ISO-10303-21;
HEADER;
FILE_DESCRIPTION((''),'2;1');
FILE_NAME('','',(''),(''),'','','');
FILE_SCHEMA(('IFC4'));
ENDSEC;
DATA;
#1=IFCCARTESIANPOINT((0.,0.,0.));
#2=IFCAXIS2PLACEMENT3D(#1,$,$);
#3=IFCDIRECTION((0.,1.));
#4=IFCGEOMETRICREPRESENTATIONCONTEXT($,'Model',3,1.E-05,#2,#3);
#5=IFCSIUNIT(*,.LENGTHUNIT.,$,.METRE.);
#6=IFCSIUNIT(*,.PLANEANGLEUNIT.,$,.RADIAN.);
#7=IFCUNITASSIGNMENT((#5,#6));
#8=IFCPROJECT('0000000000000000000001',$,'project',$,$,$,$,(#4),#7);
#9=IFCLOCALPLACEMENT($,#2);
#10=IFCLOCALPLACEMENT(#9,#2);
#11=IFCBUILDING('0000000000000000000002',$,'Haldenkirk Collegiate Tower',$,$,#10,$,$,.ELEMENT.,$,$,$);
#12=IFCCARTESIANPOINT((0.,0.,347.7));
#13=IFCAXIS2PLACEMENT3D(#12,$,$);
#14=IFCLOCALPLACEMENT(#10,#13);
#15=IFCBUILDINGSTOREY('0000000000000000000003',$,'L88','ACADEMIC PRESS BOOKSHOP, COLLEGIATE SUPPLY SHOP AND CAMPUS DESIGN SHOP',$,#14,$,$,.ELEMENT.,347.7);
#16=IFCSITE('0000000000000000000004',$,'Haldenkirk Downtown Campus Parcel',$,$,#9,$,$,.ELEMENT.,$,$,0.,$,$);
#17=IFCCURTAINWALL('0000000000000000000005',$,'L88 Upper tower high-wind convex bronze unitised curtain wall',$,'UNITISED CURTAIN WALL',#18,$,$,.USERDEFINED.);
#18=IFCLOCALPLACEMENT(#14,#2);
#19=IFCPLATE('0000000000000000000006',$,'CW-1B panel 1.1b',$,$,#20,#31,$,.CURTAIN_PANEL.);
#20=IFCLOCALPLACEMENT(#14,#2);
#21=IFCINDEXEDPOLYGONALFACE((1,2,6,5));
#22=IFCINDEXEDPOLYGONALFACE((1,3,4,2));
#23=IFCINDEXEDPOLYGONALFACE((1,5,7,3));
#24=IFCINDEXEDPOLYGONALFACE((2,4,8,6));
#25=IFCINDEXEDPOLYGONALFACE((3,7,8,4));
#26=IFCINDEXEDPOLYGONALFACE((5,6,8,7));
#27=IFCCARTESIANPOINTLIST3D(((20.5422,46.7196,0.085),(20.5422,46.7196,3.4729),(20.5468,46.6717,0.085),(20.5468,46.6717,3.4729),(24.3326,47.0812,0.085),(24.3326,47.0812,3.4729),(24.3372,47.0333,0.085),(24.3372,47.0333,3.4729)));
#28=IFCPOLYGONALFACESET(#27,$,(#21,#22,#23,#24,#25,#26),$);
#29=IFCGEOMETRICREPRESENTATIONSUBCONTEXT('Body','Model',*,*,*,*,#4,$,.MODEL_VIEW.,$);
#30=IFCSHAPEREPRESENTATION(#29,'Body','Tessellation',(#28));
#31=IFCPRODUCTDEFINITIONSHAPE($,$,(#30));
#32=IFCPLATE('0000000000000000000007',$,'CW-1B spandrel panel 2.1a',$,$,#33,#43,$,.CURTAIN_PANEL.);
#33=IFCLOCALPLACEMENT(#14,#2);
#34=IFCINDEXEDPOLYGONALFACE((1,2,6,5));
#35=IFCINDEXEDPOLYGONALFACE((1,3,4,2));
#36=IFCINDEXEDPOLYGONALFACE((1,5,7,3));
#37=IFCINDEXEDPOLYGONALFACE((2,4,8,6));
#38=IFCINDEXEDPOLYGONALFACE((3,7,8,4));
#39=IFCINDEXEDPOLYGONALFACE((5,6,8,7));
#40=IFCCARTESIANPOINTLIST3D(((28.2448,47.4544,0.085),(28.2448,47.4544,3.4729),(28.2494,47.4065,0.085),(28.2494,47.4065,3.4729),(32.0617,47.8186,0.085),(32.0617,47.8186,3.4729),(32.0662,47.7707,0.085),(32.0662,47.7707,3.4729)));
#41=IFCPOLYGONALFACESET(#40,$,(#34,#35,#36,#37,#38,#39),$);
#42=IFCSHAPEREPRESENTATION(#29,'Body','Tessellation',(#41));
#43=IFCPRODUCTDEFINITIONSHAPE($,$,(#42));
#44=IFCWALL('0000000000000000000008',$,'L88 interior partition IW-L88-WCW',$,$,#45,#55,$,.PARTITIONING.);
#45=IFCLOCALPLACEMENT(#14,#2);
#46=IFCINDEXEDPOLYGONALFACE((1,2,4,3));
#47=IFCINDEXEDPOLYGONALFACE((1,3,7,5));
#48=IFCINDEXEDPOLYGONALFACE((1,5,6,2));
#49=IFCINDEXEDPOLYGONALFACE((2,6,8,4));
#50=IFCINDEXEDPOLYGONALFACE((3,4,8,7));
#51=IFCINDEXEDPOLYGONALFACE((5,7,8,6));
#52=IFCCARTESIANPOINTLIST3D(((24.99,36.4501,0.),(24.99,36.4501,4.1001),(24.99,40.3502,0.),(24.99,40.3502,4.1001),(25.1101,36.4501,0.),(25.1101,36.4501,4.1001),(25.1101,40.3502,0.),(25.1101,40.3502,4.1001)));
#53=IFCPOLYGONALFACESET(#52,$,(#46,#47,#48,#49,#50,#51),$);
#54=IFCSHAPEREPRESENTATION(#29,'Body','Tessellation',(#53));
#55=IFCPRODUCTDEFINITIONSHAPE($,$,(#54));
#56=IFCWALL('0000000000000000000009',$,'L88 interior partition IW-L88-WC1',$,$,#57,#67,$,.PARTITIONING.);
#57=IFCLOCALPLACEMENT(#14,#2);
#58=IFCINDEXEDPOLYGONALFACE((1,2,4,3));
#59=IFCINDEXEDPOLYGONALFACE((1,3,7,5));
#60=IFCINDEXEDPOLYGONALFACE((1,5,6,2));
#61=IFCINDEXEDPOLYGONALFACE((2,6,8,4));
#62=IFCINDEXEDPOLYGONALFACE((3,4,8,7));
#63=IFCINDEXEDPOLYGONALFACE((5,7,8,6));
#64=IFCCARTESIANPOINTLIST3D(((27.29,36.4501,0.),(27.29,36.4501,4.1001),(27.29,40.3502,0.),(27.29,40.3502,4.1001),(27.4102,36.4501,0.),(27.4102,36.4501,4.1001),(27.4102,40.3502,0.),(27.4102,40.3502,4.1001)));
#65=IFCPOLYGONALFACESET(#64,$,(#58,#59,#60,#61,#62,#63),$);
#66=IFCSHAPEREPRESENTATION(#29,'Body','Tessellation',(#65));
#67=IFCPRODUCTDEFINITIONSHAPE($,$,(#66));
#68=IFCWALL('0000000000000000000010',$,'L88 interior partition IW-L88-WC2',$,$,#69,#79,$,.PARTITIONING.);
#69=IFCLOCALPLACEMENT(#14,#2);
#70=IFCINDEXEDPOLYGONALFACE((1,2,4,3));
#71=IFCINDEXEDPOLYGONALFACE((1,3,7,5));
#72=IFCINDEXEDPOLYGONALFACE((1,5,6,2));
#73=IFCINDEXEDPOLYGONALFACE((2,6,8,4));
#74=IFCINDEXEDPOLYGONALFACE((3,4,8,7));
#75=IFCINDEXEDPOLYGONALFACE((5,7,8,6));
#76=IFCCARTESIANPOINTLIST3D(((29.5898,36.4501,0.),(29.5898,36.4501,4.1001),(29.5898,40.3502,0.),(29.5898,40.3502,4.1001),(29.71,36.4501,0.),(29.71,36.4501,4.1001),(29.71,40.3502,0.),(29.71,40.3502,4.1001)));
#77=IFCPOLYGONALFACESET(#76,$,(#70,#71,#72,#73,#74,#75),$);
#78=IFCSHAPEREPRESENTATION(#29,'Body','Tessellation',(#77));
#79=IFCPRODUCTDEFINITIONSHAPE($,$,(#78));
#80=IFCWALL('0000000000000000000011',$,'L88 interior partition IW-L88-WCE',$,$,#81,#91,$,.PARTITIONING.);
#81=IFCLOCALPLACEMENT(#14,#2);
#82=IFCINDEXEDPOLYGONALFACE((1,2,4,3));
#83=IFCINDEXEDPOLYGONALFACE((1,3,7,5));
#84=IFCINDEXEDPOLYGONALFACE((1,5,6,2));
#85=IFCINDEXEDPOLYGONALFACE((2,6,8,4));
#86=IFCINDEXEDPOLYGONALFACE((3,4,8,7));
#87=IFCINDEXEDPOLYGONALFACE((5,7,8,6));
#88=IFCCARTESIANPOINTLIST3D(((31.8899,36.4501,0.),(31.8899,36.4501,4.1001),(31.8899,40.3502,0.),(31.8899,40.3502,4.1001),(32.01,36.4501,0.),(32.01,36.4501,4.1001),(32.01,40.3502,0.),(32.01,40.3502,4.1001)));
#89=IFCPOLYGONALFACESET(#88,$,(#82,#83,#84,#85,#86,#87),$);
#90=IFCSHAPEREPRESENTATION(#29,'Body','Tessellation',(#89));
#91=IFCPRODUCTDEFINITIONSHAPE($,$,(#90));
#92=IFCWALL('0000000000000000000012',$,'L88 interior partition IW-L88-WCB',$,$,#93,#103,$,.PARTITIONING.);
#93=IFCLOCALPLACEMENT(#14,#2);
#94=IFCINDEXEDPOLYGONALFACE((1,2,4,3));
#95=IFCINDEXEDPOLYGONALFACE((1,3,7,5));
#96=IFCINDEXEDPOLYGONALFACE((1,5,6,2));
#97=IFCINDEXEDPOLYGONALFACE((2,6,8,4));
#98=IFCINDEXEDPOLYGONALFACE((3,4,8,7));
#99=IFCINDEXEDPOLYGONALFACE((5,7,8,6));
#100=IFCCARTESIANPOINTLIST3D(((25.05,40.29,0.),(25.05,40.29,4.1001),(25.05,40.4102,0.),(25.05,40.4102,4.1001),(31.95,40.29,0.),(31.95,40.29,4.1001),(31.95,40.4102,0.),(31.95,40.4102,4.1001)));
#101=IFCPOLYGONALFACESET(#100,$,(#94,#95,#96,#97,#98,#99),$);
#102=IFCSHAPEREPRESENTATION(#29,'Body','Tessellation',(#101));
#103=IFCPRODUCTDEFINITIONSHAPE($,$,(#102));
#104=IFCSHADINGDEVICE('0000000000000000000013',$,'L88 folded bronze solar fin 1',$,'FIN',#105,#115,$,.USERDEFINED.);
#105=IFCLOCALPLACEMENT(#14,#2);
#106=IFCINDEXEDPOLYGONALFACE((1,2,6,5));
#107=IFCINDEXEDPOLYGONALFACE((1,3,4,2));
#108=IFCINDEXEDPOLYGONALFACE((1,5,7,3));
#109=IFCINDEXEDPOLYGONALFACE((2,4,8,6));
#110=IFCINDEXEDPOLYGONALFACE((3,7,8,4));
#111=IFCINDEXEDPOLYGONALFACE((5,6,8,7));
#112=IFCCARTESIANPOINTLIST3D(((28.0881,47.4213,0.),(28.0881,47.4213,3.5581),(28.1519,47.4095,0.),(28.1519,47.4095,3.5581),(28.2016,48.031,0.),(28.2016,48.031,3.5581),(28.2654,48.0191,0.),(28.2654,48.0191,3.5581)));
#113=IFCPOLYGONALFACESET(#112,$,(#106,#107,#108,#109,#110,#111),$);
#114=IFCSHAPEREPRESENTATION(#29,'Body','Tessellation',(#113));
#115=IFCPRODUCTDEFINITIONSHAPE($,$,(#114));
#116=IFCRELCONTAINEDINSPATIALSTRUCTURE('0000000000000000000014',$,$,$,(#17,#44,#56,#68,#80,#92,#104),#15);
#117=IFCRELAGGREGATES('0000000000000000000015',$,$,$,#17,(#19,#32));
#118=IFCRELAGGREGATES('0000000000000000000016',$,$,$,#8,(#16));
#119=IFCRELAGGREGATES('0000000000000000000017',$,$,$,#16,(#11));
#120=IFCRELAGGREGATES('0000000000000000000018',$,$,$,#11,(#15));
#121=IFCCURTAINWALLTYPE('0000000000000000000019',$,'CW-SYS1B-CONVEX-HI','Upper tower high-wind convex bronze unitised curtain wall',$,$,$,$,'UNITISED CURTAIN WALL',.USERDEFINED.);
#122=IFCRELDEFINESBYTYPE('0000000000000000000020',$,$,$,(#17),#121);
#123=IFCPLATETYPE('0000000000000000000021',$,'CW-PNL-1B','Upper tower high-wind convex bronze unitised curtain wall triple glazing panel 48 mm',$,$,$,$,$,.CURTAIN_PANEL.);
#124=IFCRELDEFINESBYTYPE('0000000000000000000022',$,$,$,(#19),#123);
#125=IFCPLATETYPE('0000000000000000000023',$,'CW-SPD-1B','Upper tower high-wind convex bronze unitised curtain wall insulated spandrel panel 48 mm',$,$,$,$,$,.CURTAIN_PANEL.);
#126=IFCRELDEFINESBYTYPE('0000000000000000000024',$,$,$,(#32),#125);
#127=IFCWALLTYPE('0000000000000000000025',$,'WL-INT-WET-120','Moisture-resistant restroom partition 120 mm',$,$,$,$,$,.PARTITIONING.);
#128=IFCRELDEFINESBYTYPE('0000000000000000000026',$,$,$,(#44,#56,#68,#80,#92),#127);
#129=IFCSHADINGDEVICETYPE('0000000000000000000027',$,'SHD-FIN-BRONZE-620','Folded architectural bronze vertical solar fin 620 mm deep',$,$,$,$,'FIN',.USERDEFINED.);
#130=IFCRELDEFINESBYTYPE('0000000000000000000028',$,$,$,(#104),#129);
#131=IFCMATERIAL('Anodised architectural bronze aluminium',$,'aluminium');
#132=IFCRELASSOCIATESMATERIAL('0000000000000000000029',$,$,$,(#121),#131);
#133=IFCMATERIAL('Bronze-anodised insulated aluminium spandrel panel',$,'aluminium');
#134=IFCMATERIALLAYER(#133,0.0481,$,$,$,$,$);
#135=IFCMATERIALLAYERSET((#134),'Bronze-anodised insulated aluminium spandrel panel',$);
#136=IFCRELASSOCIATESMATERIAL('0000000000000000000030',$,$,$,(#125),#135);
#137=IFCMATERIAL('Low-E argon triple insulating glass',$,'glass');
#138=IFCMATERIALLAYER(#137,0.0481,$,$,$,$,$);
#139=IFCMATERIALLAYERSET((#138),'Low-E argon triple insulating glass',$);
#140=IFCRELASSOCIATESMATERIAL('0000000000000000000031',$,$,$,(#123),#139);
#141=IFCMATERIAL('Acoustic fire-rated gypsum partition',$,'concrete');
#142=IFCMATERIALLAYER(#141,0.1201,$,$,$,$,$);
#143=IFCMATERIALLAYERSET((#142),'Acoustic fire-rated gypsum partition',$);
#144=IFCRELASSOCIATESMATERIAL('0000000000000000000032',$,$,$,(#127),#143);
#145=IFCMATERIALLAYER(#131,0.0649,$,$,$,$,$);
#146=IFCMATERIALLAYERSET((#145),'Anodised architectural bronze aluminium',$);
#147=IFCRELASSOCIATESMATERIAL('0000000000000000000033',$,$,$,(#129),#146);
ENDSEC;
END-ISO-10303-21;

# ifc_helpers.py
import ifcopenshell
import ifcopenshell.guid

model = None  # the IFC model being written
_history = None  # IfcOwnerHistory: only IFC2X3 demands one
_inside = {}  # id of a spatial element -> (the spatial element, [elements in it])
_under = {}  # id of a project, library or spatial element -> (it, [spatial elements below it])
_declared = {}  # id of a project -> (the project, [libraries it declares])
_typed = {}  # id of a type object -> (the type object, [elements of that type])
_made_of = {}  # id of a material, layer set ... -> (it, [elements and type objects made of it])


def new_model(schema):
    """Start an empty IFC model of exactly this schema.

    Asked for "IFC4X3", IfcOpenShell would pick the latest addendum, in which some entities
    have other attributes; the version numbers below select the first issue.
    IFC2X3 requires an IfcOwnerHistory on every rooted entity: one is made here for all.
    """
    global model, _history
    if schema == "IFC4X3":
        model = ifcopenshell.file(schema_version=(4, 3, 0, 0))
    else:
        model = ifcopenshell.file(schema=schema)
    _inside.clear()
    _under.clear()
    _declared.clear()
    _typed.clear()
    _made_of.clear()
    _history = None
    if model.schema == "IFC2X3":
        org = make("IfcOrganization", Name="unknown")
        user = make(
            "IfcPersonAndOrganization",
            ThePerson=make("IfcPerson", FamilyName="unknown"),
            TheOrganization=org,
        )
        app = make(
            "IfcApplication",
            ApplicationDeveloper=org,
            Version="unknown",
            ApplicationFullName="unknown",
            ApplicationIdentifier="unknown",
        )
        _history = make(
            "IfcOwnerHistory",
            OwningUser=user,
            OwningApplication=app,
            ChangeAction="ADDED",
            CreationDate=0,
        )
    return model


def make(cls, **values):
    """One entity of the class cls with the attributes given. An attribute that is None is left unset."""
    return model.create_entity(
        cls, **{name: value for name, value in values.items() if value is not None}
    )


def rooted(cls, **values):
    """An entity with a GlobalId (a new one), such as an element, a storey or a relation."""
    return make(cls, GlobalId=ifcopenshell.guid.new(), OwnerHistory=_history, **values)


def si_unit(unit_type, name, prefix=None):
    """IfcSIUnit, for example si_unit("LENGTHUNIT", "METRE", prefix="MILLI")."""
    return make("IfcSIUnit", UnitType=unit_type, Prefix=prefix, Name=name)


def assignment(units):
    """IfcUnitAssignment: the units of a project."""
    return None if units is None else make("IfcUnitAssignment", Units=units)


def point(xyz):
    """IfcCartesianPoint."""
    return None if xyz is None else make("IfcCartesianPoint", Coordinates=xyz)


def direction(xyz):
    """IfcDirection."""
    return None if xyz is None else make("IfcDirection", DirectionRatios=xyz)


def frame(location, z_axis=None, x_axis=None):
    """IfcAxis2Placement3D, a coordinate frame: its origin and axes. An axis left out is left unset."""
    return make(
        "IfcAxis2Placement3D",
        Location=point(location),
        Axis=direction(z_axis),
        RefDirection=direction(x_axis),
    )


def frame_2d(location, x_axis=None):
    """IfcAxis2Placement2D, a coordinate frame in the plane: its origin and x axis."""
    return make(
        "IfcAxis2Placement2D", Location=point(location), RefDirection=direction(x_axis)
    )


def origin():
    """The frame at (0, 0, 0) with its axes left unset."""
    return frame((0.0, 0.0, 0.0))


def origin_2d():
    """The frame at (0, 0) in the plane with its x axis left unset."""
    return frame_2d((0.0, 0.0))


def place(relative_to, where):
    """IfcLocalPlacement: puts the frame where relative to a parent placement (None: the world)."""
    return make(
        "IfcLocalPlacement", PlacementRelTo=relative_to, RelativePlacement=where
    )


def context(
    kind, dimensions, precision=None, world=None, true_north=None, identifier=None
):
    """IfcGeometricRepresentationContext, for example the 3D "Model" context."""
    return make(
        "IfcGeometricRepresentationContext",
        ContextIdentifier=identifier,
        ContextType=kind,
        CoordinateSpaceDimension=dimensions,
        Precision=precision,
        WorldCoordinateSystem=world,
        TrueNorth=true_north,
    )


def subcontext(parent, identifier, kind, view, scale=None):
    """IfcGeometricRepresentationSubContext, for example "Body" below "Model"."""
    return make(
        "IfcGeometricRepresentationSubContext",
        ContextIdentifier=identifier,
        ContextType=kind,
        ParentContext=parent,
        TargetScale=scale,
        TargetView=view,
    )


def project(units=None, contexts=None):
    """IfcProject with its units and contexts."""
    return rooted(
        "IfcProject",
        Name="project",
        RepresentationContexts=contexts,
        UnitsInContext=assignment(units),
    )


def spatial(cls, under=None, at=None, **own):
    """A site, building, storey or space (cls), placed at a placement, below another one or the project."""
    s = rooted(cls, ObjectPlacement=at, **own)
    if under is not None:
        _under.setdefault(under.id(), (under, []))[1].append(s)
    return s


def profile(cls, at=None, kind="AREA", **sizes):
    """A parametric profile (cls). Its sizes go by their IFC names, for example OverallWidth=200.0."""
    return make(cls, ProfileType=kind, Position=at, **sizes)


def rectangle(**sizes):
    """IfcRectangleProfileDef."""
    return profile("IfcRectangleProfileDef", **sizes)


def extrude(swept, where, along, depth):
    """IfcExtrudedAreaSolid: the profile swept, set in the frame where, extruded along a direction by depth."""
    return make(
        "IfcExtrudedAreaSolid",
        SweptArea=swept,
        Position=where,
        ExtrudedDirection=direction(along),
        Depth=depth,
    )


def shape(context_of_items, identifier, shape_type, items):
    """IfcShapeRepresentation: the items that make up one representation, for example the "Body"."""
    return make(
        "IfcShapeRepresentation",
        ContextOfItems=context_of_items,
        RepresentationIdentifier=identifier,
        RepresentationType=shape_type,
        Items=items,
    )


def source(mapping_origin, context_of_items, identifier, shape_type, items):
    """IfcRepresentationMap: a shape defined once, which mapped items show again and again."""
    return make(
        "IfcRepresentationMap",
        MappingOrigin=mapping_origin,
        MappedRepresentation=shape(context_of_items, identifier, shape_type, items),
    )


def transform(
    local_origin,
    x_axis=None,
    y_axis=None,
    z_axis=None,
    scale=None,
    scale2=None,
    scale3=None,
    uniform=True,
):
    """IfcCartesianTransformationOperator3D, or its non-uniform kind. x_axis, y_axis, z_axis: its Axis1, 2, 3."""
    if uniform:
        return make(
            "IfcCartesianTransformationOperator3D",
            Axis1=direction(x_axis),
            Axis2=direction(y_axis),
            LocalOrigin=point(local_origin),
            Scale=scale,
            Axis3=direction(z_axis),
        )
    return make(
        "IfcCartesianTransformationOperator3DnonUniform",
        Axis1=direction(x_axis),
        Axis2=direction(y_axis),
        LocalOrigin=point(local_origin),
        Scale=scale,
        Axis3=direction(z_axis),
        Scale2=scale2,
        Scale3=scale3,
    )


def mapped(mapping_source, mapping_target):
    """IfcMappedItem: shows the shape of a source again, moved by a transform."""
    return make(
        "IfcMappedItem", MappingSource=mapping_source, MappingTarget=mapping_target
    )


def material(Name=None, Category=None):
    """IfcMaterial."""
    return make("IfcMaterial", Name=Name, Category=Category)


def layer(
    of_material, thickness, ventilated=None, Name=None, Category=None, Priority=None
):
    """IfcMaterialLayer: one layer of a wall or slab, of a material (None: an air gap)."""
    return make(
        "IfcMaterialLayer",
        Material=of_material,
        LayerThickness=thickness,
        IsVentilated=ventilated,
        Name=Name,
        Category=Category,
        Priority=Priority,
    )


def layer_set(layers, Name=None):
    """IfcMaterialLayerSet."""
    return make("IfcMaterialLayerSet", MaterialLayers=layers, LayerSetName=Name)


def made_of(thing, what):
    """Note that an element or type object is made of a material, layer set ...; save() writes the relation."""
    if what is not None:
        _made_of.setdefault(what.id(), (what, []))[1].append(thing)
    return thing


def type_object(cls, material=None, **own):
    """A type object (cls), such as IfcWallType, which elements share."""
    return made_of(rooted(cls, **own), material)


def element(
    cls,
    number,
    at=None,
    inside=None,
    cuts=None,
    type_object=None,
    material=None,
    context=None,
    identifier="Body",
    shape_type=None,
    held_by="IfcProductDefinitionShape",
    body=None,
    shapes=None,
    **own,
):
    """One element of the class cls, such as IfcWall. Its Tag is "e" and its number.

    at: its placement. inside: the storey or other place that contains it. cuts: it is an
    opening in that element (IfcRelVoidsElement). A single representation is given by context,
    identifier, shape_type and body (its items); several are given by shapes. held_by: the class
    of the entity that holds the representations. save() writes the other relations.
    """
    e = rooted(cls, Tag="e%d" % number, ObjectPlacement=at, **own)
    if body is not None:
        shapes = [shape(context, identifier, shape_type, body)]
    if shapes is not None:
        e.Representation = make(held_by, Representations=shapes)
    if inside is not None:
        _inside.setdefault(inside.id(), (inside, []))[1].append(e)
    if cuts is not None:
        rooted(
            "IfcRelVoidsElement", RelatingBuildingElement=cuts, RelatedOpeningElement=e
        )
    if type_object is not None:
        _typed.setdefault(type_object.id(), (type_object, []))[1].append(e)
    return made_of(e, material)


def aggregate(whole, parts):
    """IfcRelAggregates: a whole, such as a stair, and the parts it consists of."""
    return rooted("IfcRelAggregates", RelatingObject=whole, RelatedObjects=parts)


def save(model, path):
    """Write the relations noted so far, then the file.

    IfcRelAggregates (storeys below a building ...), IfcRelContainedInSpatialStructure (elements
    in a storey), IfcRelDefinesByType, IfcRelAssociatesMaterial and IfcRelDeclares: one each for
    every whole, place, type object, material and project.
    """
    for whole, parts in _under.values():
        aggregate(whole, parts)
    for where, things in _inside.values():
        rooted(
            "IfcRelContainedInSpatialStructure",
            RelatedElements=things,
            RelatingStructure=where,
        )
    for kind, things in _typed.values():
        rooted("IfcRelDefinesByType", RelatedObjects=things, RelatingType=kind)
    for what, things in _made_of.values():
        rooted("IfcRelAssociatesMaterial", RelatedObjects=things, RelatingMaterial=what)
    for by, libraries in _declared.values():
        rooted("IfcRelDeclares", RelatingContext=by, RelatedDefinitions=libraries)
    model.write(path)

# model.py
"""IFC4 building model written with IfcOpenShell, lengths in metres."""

from ifc_helpers import new_model, si_unit, direction, frame, frame_2d, origin, origin_2d, place, context, subcontext, project, spatial, rectangle, extrude, source, transform, mapped, material, layer, layer_set, type_object, element, aggregate, save


model = new_model("IFC4")

# Units and contexts
model_context = context("Model", 3, precision=1e-05, world=origin(), true_north=direction((0.0, 1.0)))
body_context = subcontext(model_context, "Body", "Model", "MODEL_VIEW")
ifc_project = project(units=[si_unit("LENGTHUNIT", "METRE"), si_unit("PLANEANGLEUNIT", "RADIAN")], contexts=[model_context])

# Site, building, storey
site_placement = place(None, origin())
site = spatial("IfcSite", under=ifc_project, at=site_placement, Name="Haldenkirk Downtown Campus Parcel", CompositionType="ELEMENT", RefElevation=0.0)
building_placement = place(site_placement, origin())
building = spatial("IfcBuilding", under=site, at=building_placement, Name="Haldenkirk Collegiate Tower", CompositionType="ELEMENT")
storey_placement = place(building_placement, frame((0.0, 0.0, 347.7)))
storey = spatial("IfcBuildingStorey", under=building, at=storey_placement, Name="L88", Description="ACADEMIC PRESS BOOKSHOP, COLLEGIATE SUPPLY SHOP AND CAMPUS DESIGN SHOP", CompositionType="ELEMENT", Elevation=347.7)

# Curtain wall
ifc_material_1 = material(Name="Anodised architectural bronze aluminium", Category="aluminium")
curtain_wall_type = type_object("IfcCurtainWallType", Name="CW-SYS1B-CONVEX-HI", Description="Upper tower high-wind convex bronze unitised curtain wall", ElementType="UNITISED CURTAIN WALL", PredefinedType="USERDEFINED", material=ifc_material_1)
curtain_wall_placement = place(storey_placement, origin())
curtain_wall = element("IfcCurtainWall", 1, at=curtain_wall_placement, inside=storey, type_object=curtain_wall_type, Name="L88 Upper tower high-wind convex bronze unitised curtain wall", ObjectType="UNITISED CURTAIN WALL", PredefinedType="USERDEFINED")

# Plates
ifc_material_2 = material(Name="Bronze-anodised insulated aluminium spandrel panel", Category="aluminium")
ifc_layer_1 = layer(ifc_material_2, 0.0481)
ifc_layer_set_1 = layer_set([ifc_layer_1], Name="Bronze-anodised insulated aluminium spandrel panel")
plate_type_1 = type_object("IfcPlateType", Name="CW-SPD-1B", Description="Upper tower high-wind convex bronze unitised curtain wall insulated spandrel panel 48 mm", PredefinedType="CURTAIN_PANEL", material=ifc_layer_set_1)
ifc_material_3 = material(Name="Low-E argon triple insulating glass", Category="glass")
ifc_layer_2 = layer(ifc_material_3, 0.0481)
ifc_layer_set_2 = layer_set([ifc_layer_2], Name="Low-E argon triple insulating glass")
plate_type_2 = type_object("IfcPlateType", Name="CW-PNL-1B", Description="Upper tower high-wind convex bronze unitised curtain wall triple glazing panel 48 mm", PredefinedType="CURTAIN_PANEL", material=ifc_layer_set_2)
shared_shape_1 = source(origin(), body_context, "Body", "SweptSolid", [
    extrude(rectangle(XDim=3.8076, YDim=0.0481, at=origin_2d()), origin(), (0.0, 0.0, 1.0), 3.3879),
])
plate_1_placement = place(storey_placement, frame((22.4397, 46.8765, 0.085), z_axis=(0.0, 0.0, 1.0), x_axis=(0.99548, 0.094976, 0.0)))
plate_1 = element("IfcPlate", 2, at=plate_1_placement, type_object=plate_type_2, Name="CW-1B panel 1.1b", PredefinedType="CURTAIN_PANEL", context=body_context, shape_type="MappedRepresentation", body=[
    mapped(shared_shape_1, transform((0.0, 0.0, 0.0), x_axis=(1.0, 0.0, 0.0), y_axis=(0.0, 1.0, 0.0), z_axis=(0.0, 0.0, 1.0), scale=1.0)),
])
shared_shape_2 = source(origin(), body_context, "Body", "SweptSolid", [
    extrude(rectangle(XDim=3.8342, YDim=0.0481, at=origin_2d()), origin(), (0.0, 0.0, 1.0), 3.3879),
])
plate_2_placement = place(storey_placement, frame((30.1555, 47.6125, 0.085), z_axis=(0.0, 0.0, 1.0), x_axis=(0.99548, 0.094976, 0.0)))
plate_2 = element("IfcPlate", 3, at=plate_2_placement, type_object=plate_type_1, Name="CW-1B spandrel panel 2.1a", PredefinedType="CURTAIN_PANEL", context=body_context, shape_type="MappedRepresentation", body=[
    mapped(shared_shape_2, transform((0.0, 0.0, 0.0), x_axis=(1.0, 0.0, 0.0), y_axis=(0.0, 1.0, 0.0), z_axis=(0.0, 0.0, 1.0), scale=1.0)),
])
aggregate(curtain_wall, [plate_1, plate_2])

# Shared definitions
ifc_material_4 = material(Name="Acoustic fire-rated gypsum partition", Category="concrete")

# Walls
ifc_layer_3 = layer(ifc_material_4, 0.1201)
ifc_layer_set_3 = layer_set([ifc_layer_3], Name="Acoustic fire-rated gypsum partition")
wall_type_1 = type_object("IfcWallType", Name="WL-INT-WET-120", Description="Moisture-resistant restroom partition 120 mm", PredefinedType="PARTITIONING", material=ifc_layer_set_3)
for number, where, z_axis, x_axis, name in (
    (4, (25.05, 36.45, 0.0), (0.0, 0.0, 1.0), (0.0, 1.0, 0.0), "L88 interior partition IW-L88-WCW"),
    (5, (27.3501, 36.45, 0.0), (0.0, 0.0, 1.0), (0.0, 1.0, 0.0), "L88 interior partition IW-L88-WC1"),
    (6, (29.6499, 36.45, 0.0), (0.0, 0.0, 1.0), (0.0, 1.0, 0.0), "L88 interior partition IW-L88-WC2"),
    (7, (31.95, 36.45, 0.0), (0.0, 0.0, 1.0), (0.0, 1.0, 0.0), "L88 interior partition IW-L88-WCE"),
):
    element("IfcWall", number, at=place(storey_placement, frame(where, z_axis=z_axis, x_axis=x_axis)), inside=storey, type_object=wall_type_1, Name=name, PredefinedType="PARTITIONING", context=body_context, shape_type="SweptSolid", body=[
        extrude(rectangle(XDim=3.9001, YDim=0.1201, at=frame_2d((1.9502, 0.0))), origin(), (0.0, 0.0, 1.0), 4.1001),
    ])
wall_1_placement = place(storey_placement, frame((25.05, 40.3501, 0.0), z_axis=(0.0, 0.0, 1.0), x_axis=(1.0, 0.0, 0.0)))
element("IfcWall", 8, at=wall_1_placement, inside=storey, type_object=wall_type_1, Name="L88 interior partition IW-L88-WCB", PredefinedType="PARTITIONING", context=body_context, shape_type="SweptSolid", body=[
    extrude(rectangle(XDim=6.8999, YDim=0.1201, at=frame_2d((3.45, 0.0))), origin(), (0.0, 0.0, 1.0), 4.1001),
])

# Shading device
ifc_layer_4 = layer(ifc_material_1, 0.0649)
ifc_layer_set_4 = layer_set([ifc_layer_4], Name="Anodised architectural bronze aluminium")
shading_device_type = type_object("IfcShadingDeviceType", Name="SHD-FIN-BRONZE-620", Description="Folded architectural bronze vertical solar fin 620 mm deep", ElementType="FIN", PredefinedType="USERDEFINED", material=ifc_layer_set_4)
shared_shape_3 = source(origin(), body_context, "Body", "SweptSolid", [
    extrude(rectangle(XDim=0.6201, YDim=0.0649, at=origin_2d()), origin(), (0.0, 0.0, 1.0), 3.5581),
])
shading_device_placement = place(storey_placement, frame((28.1768, 47.7202, 0.0), z_axis=(0.0, 0.0, 1.0), x_axis=(0.183094, 0.983096, 0.0)))
element("IfcShadingDevice", 9, at=shading_device_placement, inside=storey, type_object=shading_device_type, Name="L88 folded bronze solar fin 1", ObjectType="FIN", PredefinedType="USERDEFINED", context=body_context, shape_type="MappedRepresentation", body=[
    mapped(shared_shape_3, transform((0.0, 0.0, 0.0), x_axis=(1.0, 0.0, 0.0), y_axis=(0.0, 1.0, 0.0), z_axis=(0.0, 0.0, 1.0), scale=1.0)),
])

save(model, "model.ifc")
